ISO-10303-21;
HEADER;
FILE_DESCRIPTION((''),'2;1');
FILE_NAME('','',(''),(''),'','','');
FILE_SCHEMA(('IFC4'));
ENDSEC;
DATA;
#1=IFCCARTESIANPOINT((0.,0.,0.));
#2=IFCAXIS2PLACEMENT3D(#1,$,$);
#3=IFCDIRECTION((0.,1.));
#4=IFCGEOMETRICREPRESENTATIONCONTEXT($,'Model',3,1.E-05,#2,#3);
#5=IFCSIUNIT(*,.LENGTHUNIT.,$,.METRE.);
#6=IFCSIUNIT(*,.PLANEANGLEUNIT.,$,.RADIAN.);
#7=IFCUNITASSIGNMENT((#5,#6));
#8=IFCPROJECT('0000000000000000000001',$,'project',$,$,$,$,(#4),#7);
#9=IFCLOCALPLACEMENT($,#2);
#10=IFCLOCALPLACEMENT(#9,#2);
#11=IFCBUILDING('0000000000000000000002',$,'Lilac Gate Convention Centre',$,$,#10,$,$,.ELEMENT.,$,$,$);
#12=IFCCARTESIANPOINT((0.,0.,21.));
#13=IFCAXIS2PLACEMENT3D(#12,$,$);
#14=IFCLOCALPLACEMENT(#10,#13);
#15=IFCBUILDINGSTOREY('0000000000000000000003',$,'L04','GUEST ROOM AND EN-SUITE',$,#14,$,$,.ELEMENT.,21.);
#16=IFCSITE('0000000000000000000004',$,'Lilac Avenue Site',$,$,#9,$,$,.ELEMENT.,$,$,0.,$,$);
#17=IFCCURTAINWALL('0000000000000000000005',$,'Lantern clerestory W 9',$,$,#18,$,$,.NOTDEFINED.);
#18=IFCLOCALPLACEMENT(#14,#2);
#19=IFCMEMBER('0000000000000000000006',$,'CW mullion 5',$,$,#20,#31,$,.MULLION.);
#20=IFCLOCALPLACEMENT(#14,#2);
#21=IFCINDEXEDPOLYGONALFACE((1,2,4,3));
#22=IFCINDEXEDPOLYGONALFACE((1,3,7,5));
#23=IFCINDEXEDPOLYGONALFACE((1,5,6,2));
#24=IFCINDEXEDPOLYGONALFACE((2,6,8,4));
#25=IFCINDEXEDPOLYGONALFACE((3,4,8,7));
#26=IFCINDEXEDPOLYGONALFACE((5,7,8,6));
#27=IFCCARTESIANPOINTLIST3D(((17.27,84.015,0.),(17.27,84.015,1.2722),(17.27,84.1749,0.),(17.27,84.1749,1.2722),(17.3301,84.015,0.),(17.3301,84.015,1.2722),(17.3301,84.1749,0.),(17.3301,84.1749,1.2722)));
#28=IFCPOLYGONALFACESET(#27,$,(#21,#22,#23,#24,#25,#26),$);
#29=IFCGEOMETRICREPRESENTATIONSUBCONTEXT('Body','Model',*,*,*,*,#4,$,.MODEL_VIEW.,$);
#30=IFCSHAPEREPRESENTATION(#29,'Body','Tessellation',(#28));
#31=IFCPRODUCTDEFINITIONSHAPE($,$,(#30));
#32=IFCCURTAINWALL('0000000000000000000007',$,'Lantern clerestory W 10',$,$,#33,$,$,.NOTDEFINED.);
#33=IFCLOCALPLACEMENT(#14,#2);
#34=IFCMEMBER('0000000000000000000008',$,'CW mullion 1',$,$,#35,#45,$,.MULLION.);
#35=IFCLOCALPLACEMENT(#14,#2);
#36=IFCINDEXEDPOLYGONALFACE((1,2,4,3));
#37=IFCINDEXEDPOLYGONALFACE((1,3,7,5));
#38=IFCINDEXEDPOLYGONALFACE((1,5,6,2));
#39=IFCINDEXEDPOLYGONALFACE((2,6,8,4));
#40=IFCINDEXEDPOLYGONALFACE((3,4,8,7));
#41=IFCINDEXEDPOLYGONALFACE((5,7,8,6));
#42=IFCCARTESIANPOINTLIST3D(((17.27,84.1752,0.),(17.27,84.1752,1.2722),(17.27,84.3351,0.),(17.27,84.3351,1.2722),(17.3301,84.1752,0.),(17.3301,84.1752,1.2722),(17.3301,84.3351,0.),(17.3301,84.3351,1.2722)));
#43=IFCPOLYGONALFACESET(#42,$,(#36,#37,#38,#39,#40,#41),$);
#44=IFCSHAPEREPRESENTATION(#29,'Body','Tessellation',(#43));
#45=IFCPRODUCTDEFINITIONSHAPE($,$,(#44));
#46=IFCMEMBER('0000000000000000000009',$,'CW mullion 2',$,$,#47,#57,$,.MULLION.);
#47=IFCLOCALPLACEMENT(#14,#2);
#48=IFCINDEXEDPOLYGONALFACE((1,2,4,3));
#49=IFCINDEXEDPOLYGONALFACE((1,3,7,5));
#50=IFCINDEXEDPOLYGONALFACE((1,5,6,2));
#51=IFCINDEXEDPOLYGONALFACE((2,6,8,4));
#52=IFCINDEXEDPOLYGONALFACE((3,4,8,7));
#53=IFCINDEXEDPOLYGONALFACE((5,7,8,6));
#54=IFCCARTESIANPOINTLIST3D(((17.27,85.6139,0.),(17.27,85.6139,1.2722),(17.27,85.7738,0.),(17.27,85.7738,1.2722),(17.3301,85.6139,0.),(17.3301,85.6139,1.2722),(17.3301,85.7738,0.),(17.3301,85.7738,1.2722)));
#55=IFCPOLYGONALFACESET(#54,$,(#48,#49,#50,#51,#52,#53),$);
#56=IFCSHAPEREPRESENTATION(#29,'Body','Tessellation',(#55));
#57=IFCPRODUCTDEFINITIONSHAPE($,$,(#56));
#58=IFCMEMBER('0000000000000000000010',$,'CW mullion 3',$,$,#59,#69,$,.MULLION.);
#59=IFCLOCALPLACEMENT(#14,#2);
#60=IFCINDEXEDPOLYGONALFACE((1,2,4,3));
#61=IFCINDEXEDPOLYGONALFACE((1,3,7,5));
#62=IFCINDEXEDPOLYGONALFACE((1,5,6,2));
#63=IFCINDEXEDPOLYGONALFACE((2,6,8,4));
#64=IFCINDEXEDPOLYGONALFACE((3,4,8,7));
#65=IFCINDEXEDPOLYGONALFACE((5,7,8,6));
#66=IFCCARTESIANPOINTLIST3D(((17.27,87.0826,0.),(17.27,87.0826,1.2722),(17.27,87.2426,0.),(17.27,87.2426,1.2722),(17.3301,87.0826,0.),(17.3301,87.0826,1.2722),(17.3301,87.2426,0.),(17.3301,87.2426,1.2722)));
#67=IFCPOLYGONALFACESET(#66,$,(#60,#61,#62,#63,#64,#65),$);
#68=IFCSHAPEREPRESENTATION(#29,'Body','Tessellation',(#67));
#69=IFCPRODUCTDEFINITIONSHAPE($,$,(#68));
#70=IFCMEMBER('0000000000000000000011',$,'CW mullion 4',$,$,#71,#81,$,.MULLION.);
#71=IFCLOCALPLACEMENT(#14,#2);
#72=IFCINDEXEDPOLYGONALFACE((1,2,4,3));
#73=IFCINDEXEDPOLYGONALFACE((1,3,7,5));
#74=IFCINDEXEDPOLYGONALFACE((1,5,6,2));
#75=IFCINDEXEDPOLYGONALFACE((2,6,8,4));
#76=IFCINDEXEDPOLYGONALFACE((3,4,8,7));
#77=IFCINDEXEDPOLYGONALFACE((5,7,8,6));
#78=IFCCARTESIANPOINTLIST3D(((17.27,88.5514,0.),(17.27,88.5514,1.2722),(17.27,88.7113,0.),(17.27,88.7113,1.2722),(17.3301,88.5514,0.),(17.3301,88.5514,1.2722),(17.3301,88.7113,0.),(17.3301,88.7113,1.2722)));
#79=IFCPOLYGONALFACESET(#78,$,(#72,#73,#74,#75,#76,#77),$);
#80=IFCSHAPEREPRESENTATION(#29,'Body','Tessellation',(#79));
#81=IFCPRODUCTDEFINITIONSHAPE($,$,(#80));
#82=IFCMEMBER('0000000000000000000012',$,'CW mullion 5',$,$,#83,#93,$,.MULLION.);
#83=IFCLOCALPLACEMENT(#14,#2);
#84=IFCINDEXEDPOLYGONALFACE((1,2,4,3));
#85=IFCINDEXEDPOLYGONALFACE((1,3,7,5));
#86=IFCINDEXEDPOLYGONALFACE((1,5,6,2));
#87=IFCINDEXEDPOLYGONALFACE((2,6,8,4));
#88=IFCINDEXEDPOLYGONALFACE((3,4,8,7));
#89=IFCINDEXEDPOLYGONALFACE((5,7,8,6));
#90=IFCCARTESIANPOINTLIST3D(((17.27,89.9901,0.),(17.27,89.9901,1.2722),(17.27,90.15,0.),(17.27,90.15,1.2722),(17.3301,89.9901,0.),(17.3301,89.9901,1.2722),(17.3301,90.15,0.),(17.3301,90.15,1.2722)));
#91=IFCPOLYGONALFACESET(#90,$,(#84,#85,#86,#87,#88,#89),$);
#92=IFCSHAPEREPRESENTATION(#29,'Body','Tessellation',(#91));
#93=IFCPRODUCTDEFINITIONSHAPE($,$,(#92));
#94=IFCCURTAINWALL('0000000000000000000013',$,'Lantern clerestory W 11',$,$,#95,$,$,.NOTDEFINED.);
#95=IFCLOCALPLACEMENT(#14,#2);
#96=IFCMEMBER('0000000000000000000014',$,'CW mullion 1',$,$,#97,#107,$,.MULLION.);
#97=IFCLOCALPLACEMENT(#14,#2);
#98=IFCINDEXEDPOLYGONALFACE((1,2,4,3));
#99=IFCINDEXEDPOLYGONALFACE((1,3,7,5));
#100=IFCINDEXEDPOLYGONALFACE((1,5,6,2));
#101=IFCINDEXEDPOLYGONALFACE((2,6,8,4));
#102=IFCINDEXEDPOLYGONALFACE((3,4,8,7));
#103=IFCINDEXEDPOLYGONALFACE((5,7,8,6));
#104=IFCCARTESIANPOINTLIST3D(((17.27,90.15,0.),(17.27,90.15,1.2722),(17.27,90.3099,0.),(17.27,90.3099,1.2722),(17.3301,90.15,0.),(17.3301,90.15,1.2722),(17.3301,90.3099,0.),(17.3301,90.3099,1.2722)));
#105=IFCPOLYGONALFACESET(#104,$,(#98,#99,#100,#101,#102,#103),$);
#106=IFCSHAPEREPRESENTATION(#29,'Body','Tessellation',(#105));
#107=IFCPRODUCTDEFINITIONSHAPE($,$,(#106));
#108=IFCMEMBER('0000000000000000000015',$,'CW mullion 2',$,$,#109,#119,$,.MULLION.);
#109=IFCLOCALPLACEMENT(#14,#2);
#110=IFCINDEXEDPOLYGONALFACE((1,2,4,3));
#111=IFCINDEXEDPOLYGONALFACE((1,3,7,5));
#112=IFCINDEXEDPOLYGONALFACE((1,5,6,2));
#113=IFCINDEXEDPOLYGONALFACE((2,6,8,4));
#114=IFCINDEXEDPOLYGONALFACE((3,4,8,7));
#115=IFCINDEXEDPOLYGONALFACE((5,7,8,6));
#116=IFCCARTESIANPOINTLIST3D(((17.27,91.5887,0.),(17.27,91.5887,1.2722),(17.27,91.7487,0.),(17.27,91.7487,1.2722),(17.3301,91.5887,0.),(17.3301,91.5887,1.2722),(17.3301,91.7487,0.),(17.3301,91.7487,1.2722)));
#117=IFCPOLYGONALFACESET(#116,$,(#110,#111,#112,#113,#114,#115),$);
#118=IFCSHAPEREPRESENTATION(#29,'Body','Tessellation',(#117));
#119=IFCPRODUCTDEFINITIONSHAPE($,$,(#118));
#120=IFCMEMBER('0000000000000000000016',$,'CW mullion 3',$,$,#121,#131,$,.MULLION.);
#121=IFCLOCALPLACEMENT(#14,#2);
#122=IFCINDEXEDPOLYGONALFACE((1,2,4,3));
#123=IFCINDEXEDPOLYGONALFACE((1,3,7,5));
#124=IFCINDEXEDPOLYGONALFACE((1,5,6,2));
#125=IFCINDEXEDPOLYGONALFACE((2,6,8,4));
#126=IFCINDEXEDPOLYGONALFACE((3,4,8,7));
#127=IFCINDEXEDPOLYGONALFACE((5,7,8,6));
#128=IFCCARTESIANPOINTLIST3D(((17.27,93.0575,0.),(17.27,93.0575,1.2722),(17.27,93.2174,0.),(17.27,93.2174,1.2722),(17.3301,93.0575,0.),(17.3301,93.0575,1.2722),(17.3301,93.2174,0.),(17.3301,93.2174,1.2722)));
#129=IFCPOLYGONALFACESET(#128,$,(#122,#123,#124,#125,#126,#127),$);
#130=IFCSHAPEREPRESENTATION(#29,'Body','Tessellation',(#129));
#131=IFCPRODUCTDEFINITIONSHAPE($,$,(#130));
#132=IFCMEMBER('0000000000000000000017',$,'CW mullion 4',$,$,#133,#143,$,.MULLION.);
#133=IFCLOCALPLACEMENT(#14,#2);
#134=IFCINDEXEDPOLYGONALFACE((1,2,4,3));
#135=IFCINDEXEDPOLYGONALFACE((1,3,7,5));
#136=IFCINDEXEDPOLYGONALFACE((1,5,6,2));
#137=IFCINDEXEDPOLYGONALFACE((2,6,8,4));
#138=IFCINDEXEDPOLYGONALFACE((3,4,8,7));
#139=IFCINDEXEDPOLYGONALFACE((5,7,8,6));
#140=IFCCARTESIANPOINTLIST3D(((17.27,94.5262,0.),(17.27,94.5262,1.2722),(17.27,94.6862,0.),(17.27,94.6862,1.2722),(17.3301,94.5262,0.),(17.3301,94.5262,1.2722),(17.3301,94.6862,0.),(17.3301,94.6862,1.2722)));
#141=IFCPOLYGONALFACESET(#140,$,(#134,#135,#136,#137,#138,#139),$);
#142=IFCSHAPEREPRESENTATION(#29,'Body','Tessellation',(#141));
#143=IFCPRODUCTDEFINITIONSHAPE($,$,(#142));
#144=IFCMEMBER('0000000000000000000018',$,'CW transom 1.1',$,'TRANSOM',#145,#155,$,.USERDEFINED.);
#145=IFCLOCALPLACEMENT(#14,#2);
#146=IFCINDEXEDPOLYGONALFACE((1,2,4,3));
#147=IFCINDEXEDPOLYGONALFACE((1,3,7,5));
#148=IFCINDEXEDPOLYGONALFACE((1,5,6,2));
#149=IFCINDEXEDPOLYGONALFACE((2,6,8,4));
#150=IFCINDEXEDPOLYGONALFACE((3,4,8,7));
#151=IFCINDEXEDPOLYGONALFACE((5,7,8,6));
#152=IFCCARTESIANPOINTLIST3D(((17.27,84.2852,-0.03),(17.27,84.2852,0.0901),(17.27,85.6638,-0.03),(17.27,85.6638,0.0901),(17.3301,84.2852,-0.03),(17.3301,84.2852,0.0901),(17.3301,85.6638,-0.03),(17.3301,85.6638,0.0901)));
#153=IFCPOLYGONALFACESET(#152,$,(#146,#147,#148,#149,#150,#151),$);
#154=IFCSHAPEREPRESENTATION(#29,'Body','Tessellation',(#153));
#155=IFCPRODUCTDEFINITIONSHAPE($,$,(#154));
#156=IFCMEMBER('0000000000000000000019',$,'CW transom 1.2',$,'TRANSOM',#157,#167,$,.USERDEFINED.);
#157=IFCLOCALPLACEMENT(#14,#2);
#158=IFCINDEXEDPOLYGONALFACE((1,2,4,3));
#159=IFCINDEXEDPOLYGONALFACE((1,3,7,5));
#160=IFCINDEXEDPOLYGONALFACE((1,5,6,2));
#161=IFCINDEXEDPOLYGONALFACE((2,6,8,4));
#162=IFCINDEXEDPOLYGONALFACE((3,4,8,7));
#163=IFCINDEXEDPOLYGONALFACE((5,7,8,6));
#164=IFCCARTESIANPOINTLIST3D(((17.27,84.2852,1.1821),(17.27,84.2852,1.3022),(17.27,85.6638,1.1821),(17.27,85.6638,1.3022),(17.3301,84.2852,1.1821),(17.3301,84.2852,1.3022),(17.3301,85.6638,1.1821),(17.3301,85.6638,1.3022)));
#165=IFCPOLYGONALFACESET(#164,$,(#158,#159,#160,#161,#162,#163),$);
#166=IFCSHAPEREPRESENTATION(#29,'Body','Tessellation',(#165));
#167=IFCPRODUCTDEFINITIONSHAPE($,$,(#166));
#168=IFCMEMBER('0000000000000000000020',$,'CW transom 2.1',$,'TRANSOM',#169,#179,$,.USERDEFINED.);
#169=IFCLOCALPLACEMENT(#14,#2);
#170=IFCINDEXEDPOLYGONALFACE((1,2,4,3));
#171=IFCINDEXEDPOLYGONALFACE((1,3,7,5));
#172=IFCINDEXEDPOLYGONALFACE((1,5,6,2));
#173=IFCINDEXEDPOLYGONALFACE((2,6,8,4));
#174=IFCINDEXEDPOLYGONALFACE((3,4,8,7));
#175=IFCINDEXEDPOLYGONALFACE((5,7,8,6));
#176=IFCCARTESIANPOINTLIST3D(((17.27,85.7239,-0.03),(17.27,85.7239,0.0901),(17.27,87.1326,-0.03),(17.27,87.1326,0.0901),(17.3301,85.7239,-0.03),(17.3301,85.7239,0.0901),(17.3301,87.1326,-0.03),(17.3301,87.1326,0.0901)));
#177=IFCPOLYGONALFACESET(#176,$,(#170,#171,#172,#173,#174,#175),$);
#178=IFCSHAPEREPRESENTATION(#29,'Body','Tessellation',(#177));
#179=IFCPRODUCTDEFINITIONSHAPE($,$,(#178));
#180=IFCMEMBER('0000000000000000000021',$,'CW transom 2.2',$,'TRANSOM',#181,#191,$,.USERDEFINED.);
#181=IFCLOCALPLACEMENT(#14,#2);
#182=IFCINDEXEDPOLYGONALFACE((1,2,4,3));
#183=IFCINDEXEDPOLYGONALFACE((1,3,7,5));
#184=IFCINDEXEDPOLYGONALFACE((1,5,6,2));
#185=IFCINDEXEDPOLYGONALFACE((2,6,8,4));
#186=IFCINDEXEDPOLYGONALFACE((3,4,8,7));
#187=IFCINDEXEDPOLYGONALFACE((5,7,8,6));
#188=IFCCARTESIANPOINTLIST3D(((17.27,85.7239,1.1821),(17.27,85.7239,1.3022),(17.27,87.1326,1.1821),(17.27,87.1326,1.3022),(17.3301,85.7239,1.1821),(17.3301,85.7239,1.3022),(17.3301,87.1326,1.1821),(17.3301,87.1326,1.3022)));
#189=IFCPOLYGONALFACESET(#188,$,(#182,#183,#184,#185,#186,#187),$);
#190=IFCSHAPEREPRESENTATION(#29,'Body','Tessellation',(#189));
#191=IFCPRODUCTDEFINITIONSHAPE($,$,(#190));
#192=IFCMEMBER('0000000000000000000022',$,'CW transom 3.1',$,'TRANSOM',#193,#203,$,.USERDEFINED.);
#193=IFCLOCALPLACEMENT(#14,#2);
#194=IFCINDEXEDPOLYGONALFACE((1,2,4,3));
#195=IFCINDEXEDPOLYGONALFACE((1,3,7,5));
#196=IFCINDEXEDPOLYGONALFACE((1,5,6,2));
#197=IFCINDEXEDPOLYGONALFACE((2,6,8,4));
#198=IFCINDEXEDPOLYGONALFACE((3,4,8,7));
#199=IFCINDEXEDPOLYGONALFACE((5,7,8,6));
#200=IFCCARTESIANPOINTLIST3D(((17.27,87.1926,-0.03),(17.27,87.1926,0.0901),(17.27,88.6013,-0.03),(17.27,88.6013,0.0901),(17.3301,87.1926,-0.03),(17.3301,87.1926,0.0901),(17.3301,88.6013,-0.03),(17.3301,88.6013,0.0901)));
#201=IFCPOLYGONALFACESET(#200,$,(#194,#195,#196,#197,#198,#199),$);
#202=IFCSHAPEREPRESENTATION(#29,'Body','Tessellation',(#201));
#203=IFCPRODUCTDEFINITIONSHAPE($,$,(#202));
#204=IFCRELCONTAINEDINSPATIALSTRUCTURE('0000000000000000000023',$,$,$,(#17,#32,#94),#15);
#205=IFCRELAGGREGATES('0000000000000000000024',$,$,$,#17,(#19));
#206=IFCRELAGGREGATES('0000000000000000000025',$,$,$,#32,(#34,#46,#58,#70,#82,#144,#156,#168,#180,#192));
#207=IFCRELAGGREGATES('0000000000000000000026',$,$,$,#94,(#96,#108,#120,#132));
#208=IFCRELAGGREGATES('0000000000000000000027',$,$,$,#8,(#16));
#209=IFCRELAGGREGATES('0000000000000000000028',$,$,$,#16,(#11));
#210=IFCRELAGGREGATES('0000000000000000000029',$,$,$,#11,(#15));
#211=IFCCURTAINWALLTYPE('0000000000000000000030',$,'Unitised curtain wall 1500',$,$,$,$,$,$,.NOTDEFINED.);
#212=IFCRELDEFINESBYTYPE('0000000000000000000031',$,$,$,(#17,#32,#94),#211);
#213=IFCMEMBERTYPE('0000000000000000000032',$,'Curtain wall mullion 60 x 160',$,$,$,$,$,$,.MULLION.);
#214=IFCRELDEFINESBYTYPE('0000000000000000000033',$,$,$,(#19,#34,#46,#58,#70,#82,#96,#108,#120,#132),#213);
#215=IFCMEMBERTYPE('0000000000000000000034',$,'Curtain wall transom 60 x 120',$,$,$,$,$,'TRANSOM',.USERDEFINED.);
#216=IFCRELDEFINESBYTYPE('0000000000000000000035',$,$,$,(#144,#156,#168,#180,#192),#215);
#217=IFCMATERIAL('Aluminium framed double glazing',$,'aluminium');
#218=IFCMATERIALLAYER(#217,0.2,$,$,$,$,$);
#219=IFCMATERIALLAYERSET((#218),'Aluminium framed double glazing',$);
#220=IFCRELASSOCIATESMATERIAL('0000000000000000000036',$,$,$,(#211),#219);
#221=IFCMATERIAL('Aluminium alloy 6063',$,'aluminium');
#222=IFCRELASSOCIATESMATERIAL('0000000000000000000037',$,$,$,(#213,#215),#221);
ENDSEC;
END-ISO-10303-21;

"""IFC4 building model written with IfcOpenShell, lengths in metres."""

from ifc_helpers import new_model, si_unit, direction, frame, origin, origin_2d, place, context, subcontext, project, spatial, rectangle, extrude, material, layer, layer_set, material_profile, profile_set, type_object, element, aggregate, save


model = new_model("IFC4")

# Units and contexts
model_context = context("Model", 3, precision=1e-05, world=origin(), true_north=direction((0.0, 1.0)))
body_context = subcontext(model_context, "Body", "Model", "MODEL_VIEW")
ifc_project = project(units=[si_unit("LENGTHUNIT", "METRE"), si_unit("PLANEANGLEUNIT", "RADIAN")], contexts=[model_context])

# Site, building, storey
site_placement = place(None, origin())
site = spatial("IfcSite", under=ifc_project, at=site_placement, Name="Lilac Avenue Site", CompositionType="ELEMENT", RefElevation=0.0)
building_placement = place(site_placement, origin())
building = spatial("IfcBuilding", under=site, at=building_placement, Name="Lilac Gate Convention Centre", CompositionType="ELEMENT")
storey_placement = place(building_placement, frame((0.0, 0.0, 21.0)))
storey = spatial("IfcBuildingStorey", under=building, at=storey_placement, Name="L04", Description="GUEST ROOM AND EN-SUITE", CompositionType="ELEMENT", Elevation=21.0)

# Curtain wall, member
ifc_material_1 = material(Name="Aluminium framed double glazing", Category="aluminium")
ifc_layer_1 = layer(ifc_material_1, 0.2)
ifc_layer_set_1 = layer_set([ifc_layer_1], Name="Aluminium framed double glazing")
curtain_wall_type = type_object("IfcCurtainWallType", Name="Unitised curtain wall 1500", PredefinedType="NOTDEFINED", material=ifc_layer_set_1)
curtain_wall_1_placement = place(storey_placement, origin())
curtain_wall_1 = element("IfcCurtainWall", 1, at=curtain_wall_1_placement, inside=storey, type_object=curtain_wall_type, Name="Lantern clerestory W 9", PredefinedType="NOTDEFINED")
ifc_material_2 = material(Name="Aluminium alloy 6063", Category="aluminium")
ifc_material_profile_1 = material_profile(ifc_material_2, rectangle(XDim=0.0601, YDim=0.1599, at=origin_2d()), Name="Curtain wall mullion 60 x 160")
ifc_profile_set_1 = profile_set([ifc_material_profile_1], Name="Aluminium alloy 6063")
member_type_1 = type_object("IfcMemberType", Name="Curtain wall mullion 60 x 160", PredefinedType="MULLION", material=ifc_profile_set_1)
member_1_placement = place(storey_placement, frame((17.3, 84.095, 0.0), z_axis=(0.0, 0.0, 1.0), x_axis=(-1.0, 0.0, 0.0)))
member_1 = element("IfcMember", 2, at=member_1_placement, type_object=member_type_1, Name="CW mullion 5", PredefinedType="MULLION", context=body_context, shape_type="SweptSolid", body=[
    extrude(rectangle(XDim=0.0601, YDim=0.1599, at=origin_2d()), origin(), (0.0, 0.0, 1.0), 1.2722),
])

# Curtain walls, members
curtain_wall_2_placement = place(storey_placement, origin())
curtain_wall_2 = element("IfcCurtainWall", 3, at=curtain_wall_2_placement, inside=storey, type_object=curtain_wall_type, Name="Lantern clerestory W 10", PredefinedType="NOTDEFINED")
member_2_placement = place(storey_placement, frame((17.3, 84.2551, 0.0), z_axis=(0.0, 0.0, 1.0), x_axis=(-1.0, 0.0, 0.0)))
member_2 = element("IfcMember", 4, at=member_2_placement, type_object=member_type_1, Name="CW mullion 1", PredefinedType="MULLION", context=body_context, shape_type="SweptSolid", body=[
    extrude(rectangle(XDim=0.0601, YDim=0.1599, at=origin_2d()), origin(), (0.0, 0.0, 1.0), 1.2722),
])
member_3_placement = place(storey_placement, frame((17.3, 85.6938, 0.0), z_axis=(0.0, 0.0, 1.0), x_axis=(-1.0, 0.0, 0.0)))
member_3 = element("IfcMember", 5, at=member_3_placement, type_object=member_type_1, Name="CW mullion 2", PredefinedType="MULLION", context=body_context, shape_type="SweptSolid", body=[
    extrude(rectangle(XDim=0.0601, YDim=0.1599, at=origin_2d()), origin(), (0.0, 0.0, 1.0), 1.2722),
])
member_4_placement = place(storey_placement, frame((17.3, 87.1626, 0.0), z_axis=(0.0, 0.0, 1.0), x_axis=(-1.0, 0.0, 0.0)))
member_4 = element("IfcMember", 6, at=member_4_placement, type_object=member_type_1, Name="CW mullion 3", PredefinedType="MULLION", context=body_context, shape_type="SweptSolid", body=[
    extrude(rectangle(XDim=0.0601, YDim=0.1599, at=origin_2d()), origin(), (0.0, 0.0, 1.0), 1.2722),
])
member_5_placement = place(storey_placement, frame((17.3, 88.6313, 0.0), z_axis=(0.0, 0.0, 1.0), x_axis=(-1.0, 0.0, 0.0)))
member_5 = element("IfcMember", 7, at=member_5_placement, type_object=member_type_1, Name="CW mullion 4", PredefinedType="MULLION", context=body_context, shape_type="SweptSolid", body=[
    extrude(rectangle(XDim=0.0601, YDim=0.1599, at=origin_2d()), origin(), (0.0, 0.0, 1.0), 1.2722),
])
member_6_placement = place(storey_placement, frame((17.3, 90.0701, 0.0), z_axis=(0.0, 0.0, 1.0), x_axis=(-1.0, 0.0, 0.0)))
member_6 = element("IfcMember", 8, at=member_6_placement, type_object=member_type_1, Name="CW mullion 5", PredefinedType="MULLION", context=body_context, shape_type="SweptSolid", body=[
    extrude(rectangle(XDim=0.0601, YDim=0.1599, at=origin_2d()), origin(), (0.0, 0.0, 1.0), 1.2722),
])
curtain_wall_3_placement = place(storey_placement, origin())
curtain_wall_3 = element("IfcCurtainWall", 9, at=curtain_wall_3_placement, inside=storey, type_object=curtain_wall_type, Name="Lantern clerestory W 11", PredefinedType="NOTDEFINED")
member_7_placement = place(storey_placement, frame((17.3, 90.23, 0.0), z_axis=(0.0, 0.0, 1.0), x_axis=(-1.0, 0.0, 0.0)))
member_7 = element("IfcMember", 10, at=member_7_placement, type_object=member_type_1, Name="CW mullion 1", PredefinedType="MULLION", context=body_context, shape_type="SweptSolid", body=[
    extrude(rectangle(XDim=0.0601, YDim=0.1599, at=origin_2d()), origin(), (0.0, 0.0, 1.0), 1.2722),
])
member_8_placement = place(storey_placement, frame((17.3, 91.6687, 0.0), z_axis=(0.0, 0.0, 1.0), x_axis=(-1.0, 0.0, 0.0)))
member_8 = element("IfcMember", 11, at=member_8_placement, type_object=member_type_1, Name="CW mullion 2", PredefinedType="MULLION", context=body_context, shape_type="SweptSolid", body=[
    extrude(rectangle(XDim=0.0601, YDim=0.1599, at=origin_2d()), origin(), (0.0, 0.0, 1.0), 1.2722),
])
member_9_placement = place(storey_placement, frame((17.3, 93.1375, 0.0), z_axis=(0.0, 0.0, 1.0), x_axis=(-1.0, 0.0, 0.0)))
member_9 = element("IfcMember", 12, at=member_9_placement, type_object=member_type_1, Name="CW mullion 3", PredefinedType="MULLION", context=body_context, shape_type="SweptSolid", body=[
    extrude(rectangle(XDim=0.0601, YDim=0.1599, at=origin_2d()), origin(), (0.0, 0.0, 1.0), 1.2722),
])
member_10_placement = place(storey_placement, frame((17.3, 94.6062, 0.0), z_axis=(0.0, 0.0, 1.0), x_axis=(-1.0, 0.0, 0.0)))
member_10 = element("IfcMember", 13, at=member_10_placement, type_object=member_type_1, Name="CW mullion 4", PredefinedType="MULLION", context=body_context, shape_type="SweptSolid", body=[
    extrude(rectangle(XDim=0.0601, YDim=0.1599, at=origin_2d()), origin(), (0.0, 0.0, 1.0), 1.2722),
])

# Members
ifc_material_profile_2 = material_profile(ifc_material_2, rectangle(XDim=0.0601, YDim=0.1201, at=origin_2d()), Name="Curtain wall transom 60 x 120")
ifc_profile_set_2 = profile_set([ifc_material_profile_2], Name="Aluminium alloy 6063")
member_type_2 = type_object("IfcMemberType", Name="Curtain wall transom 60 x 120", ElementType="TRANSOM", PredefinedType="USERDEFINED", material=ifc_profile_set_2)
member_11_placement = place(storey_placement, frame((17.3, 84.2852, 0.03), z_axis=(0.0, 1.0, 0.0), x_axis=(-1.0, 0.0, 0.0)))
member_11 = element("IfcMember", 14, at=member_11_placement, type_object=member_type_2, Name="CW transom 1.1", ObjectType="TRANSOM", PredefinedType="USERDEFINED", context=body_context, shape_type="SweptSolid", body=[
    extrude(rectangle(XDim=0.0601, YDim=0.1201, at=origin_2d()), origin(), (0.0, 0.0, 1.0), 1.3787),
])
member_12_placement = place(storey_placement, frame((17.3, 84.2852, 1.2422), z_axis=(0.0, 1.0, 0.0), x_axis=(-1.0, 0.0, 0.0)))
member_12 = element("IfcMember", 15, at=member_12_placement, type_object=member_type_2, Name="CW transom 1.2", ObjectType="TRANSOM", PredefinedType="USERDEFINED", context=body_context, shape_type="SweptSolid", body=[
    extrude(rectangle(XDim=0.0601, YDim=0.1201, at=origin_2d()), origin(), (0.0, 0.0, 1.0), 1.3787),
])
member_13_placement = place(storey_placement, frame((17.3, 85.7239, 0.03), z_axis=(0.0, 1.0, 0.0), x_axis=(-1.0, 0.0, 0.0)))
member_13 = element("IfcMember", 16, at=member_13_placement, type_object=member_type_2, Name="CW transom 2.1", ObjectType="TRANSOM", PredefinedType="USERDEFINED", context=body_context, shape_type="SweptSolid", body=[
    extrude(rectangle(XDim=0.0601, YDim=0.1201, at=origin_2d()), origin(), (0.0, 0.0, 1.0), 1.4087),
])
member_14_placement = place(storey_placement, frame((17.3, 85.7239, 1.2422), z_axis=(0.0, 1.0, 0.0), x_axis=(-1.0, 0.0, 0.0)))
member_14 = element("IfcMember", 17, at=member_14_placement, type_object=member_type_2, Name="CW transom 2.2", ObjectType="TRANSOM", PredefinedType="USERDEFINED", context=body_context, shape_type="SweptSolid", body=[
    extrude(rectangle(XDim=0.0601, YDim=0.1201, at=origin_2d()), origin(), (0.0, 0.0, 1.0), 1.4087),
])
member_15_placement = place(storey_placement, frame((17.3, 87.1926, 0.03), z_axis=(0.0, 1.0, 0.0), x_axis=(-1.0, 0.0, 0.0)))
member_15 = element("IfcMember", 18, at=member_15_placement, type_object=member_type_2, Name="CW transom 3.1", ObjectType="TRANSOM", PredefinedType="USERDEFINED", context=body_context, shape_type="SweptSolid", body=[
    extrude(rectangle(XDim=0.0601, YDim=0.1201, at=origin_2d()), origin(), (0.0, 0.0, 1.0), 1.4087),
])

aggregate(curtain_wall_1, [member_1])
aggregate(curtain_wall_2, [member_2, member_3, member_4, member_5, member_6, member_11, member_12, member_13, member_14, member_15])
aggregate(curtain_wall_3, [member_7, member_8, member_9, member_10])

save(model, "model.ifc")
